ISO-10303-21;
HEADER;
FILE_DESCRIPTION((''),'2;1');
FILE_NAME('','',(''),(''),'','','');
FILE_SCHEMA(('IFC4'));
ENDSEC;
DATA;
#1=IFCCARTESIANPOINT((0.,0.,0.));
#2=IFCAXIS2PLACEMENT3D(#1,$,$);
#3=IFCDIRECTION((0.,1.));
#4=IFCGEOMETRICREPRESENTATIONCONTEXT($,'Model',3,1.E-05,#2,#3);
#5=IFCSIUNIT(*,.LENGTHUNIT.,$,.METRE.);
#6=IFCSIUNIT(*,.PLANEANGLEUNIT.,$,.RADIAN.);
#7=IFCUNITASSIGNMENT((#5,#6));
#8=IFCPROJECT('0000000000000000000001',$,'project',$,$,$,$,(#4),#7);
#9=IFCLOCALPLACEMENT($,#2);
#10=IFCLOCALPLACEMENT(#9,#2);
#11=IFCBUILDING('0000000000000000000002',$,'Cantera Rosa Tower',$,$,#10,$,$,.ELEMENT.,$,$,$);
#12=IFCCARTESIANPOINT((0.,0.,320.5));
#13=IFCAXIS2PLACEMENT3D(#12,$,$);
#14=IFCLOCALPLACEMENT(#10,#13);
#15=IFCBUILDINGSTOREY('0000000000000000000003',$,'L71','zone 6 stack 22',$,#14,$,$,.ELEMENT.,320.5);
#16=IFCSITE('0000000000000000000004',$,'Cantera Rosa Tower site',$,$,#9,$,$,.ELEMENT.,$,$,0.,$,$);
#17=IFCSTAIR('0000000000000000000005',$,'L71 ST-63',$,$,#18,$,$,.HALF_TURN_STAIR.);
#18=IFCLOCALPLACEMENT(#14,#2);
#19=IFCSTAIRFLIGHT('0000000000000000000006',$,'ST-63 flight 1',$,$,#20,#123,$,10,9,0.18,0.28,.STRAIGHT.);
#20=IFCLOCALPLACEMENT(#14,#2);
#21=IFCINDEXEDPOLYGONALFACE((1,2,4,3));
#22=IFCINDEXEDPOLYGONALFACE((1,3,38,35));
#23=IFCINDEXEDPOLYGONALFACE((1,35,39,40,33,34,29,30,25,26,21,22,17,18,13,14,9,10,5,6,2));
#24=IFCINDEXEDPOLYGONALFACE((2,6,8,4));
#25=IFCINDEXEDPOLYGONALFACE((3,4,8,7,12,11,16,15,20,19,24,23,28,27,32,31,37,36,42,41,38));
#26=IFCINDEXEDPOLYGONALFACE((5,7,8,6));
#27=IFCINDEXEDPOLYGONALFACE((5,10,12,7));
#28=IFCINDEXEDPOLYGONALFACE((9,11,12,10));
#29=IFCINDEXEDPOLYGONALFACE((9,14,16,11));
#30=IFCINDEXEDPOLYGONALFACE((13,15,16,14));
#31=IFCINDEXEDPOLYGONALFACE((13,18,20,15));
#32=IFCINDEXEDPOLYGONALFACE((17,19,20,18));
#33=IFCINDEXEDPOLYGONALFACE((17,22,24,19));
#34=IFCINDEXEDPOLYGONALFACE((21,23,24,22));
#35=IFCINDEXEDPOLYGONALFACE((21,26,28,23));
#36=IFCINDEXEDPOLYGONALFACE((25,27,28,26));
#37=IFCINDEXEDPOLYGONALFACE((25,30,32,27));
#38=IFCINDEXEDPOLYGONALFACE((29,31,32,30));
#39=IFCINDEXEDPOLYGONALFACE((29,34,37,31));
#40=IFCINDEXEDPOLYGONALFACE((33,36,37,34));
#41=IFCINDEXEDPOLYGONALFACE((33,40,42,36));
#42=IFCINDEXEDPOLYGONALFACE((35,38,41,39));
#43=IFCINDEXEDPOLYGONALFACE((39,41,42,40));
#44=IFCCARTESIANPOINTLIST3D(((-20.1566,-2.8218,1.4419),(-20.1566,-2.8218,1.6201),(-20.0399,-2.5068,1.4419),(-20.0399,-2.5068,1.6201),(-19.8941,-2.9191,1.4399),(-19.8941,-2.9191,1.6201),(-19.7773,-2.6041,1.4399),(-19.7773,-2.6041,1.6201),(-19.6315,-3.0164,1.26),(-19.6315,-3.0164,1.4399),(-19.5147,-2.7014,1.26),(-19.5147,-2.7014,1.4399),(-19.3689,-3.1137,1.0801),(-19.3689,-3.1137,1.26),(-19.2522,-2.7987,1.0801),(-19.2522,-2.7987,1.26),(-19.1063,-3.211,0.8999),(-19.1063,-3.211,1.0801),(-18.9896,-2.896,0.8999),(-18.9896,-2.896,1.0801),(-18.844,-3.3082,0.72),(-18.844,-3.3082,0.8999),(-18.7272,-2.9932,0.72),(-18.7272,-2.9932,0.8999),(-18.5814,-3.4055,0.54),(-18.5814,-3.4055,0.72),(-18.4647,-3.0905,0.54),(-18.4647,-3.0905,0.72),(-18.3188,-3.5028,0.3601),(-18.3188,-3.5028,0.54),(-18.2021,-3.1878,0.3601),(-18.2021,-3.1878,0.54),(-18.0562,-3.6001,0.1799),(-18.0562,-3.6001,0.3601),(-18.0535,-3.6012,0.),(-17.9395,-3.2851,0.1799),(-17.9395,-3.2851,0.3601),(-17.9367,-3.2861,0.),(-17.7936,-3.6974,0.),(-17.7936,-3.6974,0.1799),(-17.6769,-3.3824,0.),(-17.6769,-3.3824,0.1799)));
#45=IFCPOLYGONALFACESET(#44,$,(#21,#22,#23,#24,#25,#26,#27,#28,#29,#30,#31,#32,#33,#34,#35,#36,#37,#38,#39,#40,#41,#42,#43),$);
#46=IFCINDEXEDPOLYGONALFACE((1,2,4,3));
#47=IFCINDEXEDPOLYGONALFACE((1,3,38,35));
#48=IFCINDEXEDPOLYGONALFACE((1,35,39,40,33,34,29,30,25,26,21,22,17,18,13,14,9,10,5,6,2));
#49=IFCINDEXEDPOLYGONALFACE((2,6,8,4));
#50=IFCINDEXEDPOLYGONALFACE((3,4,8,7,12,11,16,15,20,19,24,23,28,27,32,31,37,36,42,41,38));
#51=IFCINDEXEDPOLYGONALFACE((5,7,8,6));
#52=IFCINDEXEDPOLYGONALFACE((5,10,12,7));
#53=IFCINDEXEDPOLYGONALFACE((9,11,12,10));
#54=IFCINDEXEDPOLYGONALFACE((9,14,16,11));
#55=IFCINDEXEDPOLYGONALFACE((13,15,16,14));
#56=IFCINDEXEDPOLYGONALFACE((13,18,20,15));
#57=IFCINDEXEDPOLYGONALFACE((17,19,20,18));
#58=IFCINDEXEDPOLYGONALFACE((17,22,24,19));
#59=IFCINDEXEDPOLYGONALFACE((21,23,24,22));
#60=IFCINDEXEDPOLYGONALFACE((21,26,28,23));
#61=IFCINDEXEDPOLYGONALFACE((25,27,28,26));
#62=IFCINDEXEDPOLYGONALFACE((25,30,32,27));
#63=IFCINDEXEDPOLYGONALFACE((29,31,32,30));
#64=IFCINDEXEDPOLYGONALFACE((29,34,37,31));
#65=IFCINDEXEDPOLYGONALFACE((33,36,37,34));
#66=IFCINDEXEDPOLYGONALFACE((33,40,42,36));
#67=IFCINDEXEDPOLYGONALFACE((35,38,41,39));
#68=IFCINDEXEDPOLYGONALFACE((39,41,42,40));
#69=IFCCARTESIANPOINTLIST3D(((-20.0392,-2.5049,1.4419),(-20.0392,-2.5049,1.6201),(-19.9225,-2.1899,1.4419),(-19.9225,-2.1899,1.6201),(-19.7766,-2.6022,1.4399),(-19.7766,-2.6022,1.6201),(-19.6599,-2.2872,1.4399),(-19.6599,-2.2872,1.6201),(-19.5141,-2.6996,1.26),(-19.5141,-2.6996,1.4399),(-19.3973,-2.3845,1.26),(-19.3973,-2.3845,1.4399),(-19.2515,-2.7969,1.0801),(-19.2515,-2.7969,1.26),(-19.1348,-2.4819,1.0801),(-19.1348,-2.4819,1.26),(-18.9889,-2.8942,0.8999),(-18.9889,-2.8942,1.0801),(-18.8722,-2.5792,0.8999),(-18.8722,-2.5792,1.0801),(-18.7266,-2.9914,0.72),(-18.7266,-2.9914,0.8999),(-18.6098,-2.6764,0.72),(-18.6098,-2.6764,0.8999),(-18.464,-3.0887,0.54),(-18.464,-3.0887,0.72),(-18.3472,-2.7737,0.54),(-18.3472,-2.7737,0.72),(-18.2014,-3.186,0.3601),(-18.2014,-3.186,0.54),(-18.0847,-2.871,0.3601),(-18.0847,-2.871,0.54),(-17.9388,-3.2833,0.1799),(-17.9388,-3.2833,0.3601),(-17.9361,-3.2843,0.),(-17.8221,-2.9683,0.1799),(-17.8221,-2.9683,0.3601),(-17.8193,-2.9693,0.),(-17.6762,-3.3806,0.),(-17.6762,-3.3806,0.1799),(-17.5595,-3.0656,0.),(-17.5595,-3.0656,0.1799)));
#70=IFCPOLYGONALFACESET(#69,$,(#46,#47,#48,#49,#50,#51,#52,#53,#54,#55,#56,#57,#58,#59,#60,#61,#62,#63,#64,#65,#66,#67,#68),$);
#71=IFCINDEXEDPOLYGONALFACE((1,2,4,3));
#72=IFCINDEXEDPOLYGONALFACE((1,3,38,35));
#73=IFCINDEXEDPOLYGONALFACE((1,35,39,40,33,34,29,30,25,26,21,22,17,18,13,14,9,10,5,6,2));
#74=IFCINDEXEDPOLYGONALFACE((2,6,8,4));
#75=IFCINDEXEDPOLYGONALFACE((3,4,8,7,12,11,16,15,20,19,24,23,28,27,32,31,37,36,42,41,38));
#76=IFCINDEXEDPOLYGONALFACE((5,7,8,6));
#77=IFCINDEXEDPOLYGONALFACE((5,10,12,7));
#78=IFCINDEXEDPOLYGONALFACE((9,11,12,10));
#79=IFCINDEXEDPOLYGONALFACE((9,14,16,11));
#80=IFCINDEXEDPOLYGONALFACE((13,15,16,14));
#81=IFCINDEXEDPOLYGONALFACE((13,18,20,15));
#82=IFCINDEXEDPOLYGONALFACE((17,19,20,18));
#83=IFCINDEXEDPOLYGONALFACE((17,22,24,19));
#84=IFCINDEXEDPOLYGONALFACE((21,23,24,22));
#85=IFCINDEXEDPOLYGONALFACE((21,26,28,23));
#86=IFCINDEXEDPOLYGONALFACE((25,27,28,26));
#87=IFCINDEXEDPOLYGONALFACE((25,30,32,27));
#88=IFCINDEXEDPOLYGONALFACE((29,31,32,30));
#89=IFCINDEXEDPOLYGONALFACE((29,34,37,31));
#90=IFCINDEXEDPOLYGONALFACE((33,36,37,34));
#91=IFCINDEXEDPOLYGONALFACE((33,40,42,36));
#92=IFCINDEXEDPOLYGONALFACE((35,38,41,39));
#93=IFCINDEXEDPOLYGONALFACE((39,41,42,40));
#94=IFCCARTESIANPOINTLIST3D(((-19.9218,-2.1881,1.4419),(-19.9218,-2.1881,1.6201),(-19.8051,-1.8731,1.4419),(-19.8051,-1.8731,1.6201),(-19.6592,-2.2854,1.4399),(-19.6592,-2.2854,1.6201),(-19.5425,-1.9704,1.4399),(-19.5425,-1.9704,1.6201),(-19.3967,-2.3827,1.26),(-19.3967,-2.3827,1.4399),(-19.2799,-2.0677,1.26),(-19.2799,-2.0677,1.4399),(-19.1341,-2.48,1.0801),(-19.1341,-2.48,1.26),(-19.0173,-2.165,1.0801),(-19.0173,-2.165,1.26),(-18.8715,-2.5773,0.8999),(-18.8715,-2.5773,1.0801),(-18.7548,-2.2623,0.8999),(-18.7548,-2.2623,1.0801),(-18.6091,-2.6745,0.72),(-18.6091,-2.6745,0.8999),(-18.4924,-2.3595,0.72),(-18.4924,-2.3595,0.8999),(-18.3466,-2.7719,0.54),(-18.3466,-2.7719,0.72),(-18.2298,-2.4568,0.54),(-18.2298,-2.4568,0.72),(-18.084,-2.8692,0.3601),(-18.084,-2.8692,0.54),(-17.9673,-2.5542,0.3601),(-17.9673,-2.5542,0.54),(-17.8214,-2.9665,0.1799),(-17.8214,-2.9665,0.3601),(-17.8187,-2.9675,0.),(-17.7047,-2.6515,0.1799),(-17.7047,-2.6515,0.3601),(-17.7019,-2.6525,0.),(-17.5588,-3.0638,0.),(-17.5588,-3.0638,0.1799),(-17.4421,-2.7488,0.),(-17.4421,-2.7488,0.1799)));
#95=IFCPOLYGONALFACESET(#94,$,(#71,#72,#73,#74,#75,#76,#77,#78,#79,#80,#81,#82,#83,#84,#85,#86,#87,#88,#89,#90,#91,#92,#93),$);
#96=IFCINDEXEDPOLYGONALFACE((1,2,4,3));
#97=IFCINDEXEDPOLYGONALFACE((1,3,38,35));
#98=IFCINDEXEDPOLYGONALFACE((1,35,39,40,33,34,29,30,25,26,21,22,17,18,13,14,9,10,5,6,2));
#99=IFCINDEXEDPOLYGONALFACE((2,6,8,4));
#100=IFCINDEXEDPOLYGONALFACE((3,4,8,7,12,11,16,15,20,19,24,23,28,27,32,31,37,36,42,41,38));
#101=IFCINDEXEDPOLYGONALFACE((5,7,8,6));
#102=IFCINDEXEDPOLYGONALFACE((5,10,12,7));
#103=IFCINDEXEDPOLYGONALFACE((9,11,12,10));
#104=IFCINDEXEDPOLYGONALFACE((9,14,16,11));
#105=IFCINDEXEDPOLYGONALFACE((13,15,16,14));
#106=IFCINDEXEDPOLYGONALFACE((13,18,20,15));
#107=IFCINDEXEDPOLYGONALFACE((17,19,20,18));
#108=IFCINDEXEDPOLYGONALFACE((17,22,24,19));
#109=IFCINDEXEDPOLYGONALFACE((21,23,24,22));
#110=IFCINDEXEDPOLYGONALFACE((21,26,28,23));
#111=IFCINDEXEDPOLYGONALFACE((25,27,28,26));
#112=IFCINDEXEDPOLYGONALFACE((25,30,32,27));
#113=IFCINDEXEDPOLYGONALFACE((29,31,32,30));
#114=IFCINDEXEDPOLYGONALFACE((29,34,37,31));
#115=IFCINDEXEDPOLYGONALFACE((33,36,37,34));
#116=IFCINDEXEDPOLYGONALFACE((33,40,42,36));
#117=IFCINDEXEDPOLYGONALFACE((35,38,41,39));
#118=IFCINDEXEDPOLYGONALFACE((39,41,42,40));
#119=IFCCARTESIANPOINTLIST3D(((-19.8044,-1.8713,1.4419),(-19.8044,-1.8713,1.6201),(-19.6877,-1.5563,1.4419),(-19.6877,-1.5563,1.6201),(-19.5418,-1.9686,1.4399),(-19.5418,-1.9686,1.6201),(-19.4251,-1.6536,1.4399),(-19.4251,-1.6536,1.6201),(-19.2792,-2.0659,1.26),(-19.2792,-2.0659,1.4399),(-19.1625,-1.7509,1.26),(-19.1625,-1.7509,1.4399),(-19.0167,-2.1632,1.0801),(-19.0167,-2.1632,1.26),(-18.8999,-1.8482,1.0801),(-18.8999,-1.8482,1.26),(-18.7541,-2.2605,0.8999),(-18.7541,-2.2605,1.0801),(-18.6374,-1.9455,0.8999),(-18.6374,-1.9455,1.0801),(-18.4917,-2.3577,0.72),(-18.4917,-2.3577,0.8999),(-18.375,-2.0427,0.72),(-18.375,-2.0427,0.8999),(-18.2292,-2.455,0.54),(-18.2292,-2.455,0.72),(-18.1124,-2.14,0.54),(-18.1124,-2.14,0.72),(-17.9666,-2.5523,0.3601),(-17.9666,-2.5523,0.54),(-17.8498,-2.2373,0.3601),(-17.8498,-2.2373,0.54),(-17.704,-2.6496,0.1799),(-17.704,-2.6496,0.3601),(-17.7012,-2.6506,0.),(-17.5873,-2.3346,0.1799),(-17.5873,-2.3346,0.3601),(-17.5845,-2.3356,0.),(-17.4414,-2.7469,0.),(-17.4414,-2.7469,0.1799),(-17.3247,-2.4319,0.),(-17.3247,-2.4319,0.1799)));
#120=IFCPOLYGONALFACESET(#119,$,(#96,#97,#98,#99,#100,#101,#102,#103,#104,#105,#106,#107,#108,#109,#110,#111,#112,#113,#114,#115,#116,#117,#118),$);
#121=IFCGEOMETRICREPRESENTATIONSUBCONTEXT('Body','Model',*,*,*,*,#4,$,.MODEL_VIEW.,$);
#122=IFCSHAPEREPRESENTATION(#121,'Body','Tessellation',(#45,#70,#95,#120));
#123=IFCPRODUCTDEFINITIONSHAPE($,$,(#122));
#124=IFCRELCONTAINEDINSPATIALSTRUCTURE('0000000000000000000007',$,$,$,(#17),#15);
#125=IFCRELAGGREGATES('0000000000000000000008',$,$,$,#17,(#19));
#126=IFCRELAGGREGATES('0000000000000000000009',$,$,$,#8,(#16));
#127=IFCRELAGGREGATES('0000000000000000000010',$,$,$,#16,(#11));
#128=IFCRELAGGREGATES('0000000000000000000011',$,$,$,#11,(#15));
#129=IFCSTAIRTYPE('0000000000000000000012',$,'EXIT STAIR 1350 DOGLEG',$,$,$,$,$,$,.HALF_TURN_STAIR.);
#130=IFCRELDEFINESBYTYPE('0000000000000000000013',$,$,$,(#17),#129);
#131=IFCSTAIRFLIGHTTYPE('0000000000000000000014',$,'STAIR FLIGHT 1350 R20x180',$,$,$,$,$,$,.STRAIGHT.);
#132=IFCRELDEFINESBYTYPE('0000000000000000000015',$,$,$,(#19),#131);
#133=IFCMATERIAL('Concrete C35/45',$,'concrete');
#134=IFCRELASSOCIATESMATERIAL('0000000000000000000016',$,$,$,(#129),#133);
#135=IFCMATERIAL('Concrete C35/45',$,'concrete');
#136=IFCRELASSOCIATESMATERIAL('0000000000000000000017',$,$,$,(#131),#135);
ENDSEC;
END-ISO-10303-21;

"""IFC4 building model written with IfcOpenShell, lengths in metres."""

from ifc_helpers import new_model, si_unit, direction, frame, origin, place, context, subcontext, project, spatial, polyline, outline, extrude, material, type_object, element, aggregate, save


model = new_model("IFC4")

# Units and contexts
model_context = context("Model", 3, precision=1e-05, world=origin(), true_north=direction((0.0, 1.0)))
body_context = subcontext(model_context, "Body", "Model", "MODEL_VIEW")
ifc_project = project(units=[si_unit("LENGTHUNIT", "METRE"), si_unit("PLANEANGLEUNIT", "RADIAN")], contexts=[model_context])

# Site, building, storey
site_placement = place(None, origin())
site = spatial("IfcSite", under=ifc_project, at=site_placement, Name="Cantera Rosa Tower site", CompositionType="ELEMENT", RefElevation=0.0)
building_placement = place(site_placement, origin())
building = spatial("IfcBuilding", under=site, at=building_placement, Name="Cantera Rosa Tower", CompositionType="ELEMENT")
storey_placement = place(building_placement, frame((0.0, 0.0, 320.5)))
storey = spatial("IfcBuildingStorey", under=building, at=storey_placement, Name="L71", Description="zone 6 stack 22", CompositionType="ELEMENT", Elevation=320.5)

# Stair, stair flight
ifc_material_1 = material(Name="Concrete C35/45", Category="concrete")
stair_type = type_object("IfcStairType", Name="EXIT STAIR 1350 DOGLEG", PredefinedType="HALF_TURN_STAIR", material=ifc_material_1)
stair_placement = place(storey_placement, origin())
stair = element("IfcStair", 1, at=stair_placement, inside=storey, type_object=stair_type, Name="L71 ST-63", PredefinedType="HALF_TURN_STAIR")
ifc_material_2 = material(Name="Concrete C35/45", Category="concrete")
stair_flight_type = type_object("IfcStairFlightType", Name="STAIR FLIGHT 1350 R20x180", PredefinedType="STRAIGHT", material=ifc_material_2)
stair_flight_1_placement = place(storey_placement, frame((-17.5591, -3.0645, 0.0), z_axis=(0.0, 0.0, 1.0), x_axis=(-0.937687, 0.347481, 0.0)))
stair_flight_1 = element("IfcStairFlight", 2, at=stair_flight_1_placement, type_object=stair_flight_type, Name="ST-63 flight 1", NumberOfRisers=10, NumberOfTreads=9, PredefinedType="STRAIGHT", RiserHeight=0.18, TreadLength=0.28, context=body_context, shape_type="SweptSolid", body=[
    extrude(outline(polyline([(0.0, 0.0), (0.0, 0.1799), (0.28, 0.1799), (0.28, 0.3601), (0.5601, 0.3601), (0.5601, 0.54), (0.8401, 0.54), (0.8401, 0.72), (1.1201, 0.72), (1.1201, 0.8999), (1.3999, 0.8999), (1.3999, 1.0801), (1.6799, 1.0801), (1.6799, 1.26), (1.96, 1.26), (1.96, 1.4399), (2.24, 1.4399), (2.24, 1.6201), (2.52, 1.6201), (2.52, 1.8), (2.52, 1.4419), (0.2771, 0.0), (0.0, 0.0)])), frame((0.0, 0.675, 0.0), z_axis=(0.0, -1.0, 0.0), x_axis=(1.0, 0.0, 0.0)), (0.0, 0.0, 1.0), 0.3359),
    extrude(outline(polyline([(0.0, 0.0), (0.0, 0.1799), (0.28, 0.1799), (0.28, 0.3601), (0.5601, 0.3601), (0.5601, 0.54), (0.8401, 0.54), (0.8401, 0.72), (1.1201, 0.72), (1.1201, 0.8999), (1.3999, 0.8999), (1.3999, 1.0801), (1.6799, 1.0801), (1.6799, 1.26), (1.96, 1.26), (1.96, 1.4399), (2.24, 1.4399), (2.24, 1.6201), (2.52, 1.6201), (2.52, 1.8), (2.52, 1.4419), (0.2771, 0.0), (0.0, 0.0)])), frame((0.0, 0.3372, 0.0), z_axis=(0.0, -1.0, 0.0), x_axis=(1.0, 0.0, 0.0)), (0.0, 0.0, 1.0), 0.3359),
    extrude(outline(polyline([(0.0, 0.0), (0.0, 0.1799), (0.28, 0.1799), (0.28, 0.3601), (0.5601, 0.3601), (0.5601, 0.54), (0.8401, 0.54), (0.8401, 0.72), (1.1201, 0.72), (1.1201, 0.8999), (1.3999, 0.8999), (1.3999, 1.0801), (1.6799, 1.0801), (1.6799, 1.26), (1.96, 1.26), (1.96, 1.4399), (2.24, 1.4399), (2.24, 1.6201), (2.52, 1.6201), (2.52, 1.8), (2.52, 1.4419), (0.2771, 0.0), (0.0, 0.0)])), frame((0.0, -0.0007, 0.0), z_axis=(0.0, -1.0, 0.0), x_axis=(1.0, 0.0, 0.0)), (0.0, 0.0, 1.0), 0.3359),
    extrude(outline(polyline([(0.0, 0.0), (0.0, 0.1799), (0.28, 0.1799), (0.28, 0.3601), (0.5601, 0.3601), (0.5601, 0.54), (0.8401, 0.54), (0.8401, 0.72), (1.1201, 0.72), (1.1201, 0.8999), (1.3999, 0.8999), (1.3999, 1.0801), (1.6799, 1.0801), (1.6799, 1.26), (1.96, 1.26), (1.96, 1.4399), (2.24, 1.4399), (2.24, 1.6201), (2.52, 1.6201), (2.52, 1.8), (2.52, 1.4419), (0.2771, 0.0), (0.0, 0.0)])), frame((0.0, -0.3386, 0.0), z_axis=(0.0, -1.0, 0.0), x_axis=(1.0, 0.0, 0.0)), (0.0, 0.0, 1.0), 0.3359),
])
aggregate(stair, [stair_flight_1])

save(model, "model.ifc")
